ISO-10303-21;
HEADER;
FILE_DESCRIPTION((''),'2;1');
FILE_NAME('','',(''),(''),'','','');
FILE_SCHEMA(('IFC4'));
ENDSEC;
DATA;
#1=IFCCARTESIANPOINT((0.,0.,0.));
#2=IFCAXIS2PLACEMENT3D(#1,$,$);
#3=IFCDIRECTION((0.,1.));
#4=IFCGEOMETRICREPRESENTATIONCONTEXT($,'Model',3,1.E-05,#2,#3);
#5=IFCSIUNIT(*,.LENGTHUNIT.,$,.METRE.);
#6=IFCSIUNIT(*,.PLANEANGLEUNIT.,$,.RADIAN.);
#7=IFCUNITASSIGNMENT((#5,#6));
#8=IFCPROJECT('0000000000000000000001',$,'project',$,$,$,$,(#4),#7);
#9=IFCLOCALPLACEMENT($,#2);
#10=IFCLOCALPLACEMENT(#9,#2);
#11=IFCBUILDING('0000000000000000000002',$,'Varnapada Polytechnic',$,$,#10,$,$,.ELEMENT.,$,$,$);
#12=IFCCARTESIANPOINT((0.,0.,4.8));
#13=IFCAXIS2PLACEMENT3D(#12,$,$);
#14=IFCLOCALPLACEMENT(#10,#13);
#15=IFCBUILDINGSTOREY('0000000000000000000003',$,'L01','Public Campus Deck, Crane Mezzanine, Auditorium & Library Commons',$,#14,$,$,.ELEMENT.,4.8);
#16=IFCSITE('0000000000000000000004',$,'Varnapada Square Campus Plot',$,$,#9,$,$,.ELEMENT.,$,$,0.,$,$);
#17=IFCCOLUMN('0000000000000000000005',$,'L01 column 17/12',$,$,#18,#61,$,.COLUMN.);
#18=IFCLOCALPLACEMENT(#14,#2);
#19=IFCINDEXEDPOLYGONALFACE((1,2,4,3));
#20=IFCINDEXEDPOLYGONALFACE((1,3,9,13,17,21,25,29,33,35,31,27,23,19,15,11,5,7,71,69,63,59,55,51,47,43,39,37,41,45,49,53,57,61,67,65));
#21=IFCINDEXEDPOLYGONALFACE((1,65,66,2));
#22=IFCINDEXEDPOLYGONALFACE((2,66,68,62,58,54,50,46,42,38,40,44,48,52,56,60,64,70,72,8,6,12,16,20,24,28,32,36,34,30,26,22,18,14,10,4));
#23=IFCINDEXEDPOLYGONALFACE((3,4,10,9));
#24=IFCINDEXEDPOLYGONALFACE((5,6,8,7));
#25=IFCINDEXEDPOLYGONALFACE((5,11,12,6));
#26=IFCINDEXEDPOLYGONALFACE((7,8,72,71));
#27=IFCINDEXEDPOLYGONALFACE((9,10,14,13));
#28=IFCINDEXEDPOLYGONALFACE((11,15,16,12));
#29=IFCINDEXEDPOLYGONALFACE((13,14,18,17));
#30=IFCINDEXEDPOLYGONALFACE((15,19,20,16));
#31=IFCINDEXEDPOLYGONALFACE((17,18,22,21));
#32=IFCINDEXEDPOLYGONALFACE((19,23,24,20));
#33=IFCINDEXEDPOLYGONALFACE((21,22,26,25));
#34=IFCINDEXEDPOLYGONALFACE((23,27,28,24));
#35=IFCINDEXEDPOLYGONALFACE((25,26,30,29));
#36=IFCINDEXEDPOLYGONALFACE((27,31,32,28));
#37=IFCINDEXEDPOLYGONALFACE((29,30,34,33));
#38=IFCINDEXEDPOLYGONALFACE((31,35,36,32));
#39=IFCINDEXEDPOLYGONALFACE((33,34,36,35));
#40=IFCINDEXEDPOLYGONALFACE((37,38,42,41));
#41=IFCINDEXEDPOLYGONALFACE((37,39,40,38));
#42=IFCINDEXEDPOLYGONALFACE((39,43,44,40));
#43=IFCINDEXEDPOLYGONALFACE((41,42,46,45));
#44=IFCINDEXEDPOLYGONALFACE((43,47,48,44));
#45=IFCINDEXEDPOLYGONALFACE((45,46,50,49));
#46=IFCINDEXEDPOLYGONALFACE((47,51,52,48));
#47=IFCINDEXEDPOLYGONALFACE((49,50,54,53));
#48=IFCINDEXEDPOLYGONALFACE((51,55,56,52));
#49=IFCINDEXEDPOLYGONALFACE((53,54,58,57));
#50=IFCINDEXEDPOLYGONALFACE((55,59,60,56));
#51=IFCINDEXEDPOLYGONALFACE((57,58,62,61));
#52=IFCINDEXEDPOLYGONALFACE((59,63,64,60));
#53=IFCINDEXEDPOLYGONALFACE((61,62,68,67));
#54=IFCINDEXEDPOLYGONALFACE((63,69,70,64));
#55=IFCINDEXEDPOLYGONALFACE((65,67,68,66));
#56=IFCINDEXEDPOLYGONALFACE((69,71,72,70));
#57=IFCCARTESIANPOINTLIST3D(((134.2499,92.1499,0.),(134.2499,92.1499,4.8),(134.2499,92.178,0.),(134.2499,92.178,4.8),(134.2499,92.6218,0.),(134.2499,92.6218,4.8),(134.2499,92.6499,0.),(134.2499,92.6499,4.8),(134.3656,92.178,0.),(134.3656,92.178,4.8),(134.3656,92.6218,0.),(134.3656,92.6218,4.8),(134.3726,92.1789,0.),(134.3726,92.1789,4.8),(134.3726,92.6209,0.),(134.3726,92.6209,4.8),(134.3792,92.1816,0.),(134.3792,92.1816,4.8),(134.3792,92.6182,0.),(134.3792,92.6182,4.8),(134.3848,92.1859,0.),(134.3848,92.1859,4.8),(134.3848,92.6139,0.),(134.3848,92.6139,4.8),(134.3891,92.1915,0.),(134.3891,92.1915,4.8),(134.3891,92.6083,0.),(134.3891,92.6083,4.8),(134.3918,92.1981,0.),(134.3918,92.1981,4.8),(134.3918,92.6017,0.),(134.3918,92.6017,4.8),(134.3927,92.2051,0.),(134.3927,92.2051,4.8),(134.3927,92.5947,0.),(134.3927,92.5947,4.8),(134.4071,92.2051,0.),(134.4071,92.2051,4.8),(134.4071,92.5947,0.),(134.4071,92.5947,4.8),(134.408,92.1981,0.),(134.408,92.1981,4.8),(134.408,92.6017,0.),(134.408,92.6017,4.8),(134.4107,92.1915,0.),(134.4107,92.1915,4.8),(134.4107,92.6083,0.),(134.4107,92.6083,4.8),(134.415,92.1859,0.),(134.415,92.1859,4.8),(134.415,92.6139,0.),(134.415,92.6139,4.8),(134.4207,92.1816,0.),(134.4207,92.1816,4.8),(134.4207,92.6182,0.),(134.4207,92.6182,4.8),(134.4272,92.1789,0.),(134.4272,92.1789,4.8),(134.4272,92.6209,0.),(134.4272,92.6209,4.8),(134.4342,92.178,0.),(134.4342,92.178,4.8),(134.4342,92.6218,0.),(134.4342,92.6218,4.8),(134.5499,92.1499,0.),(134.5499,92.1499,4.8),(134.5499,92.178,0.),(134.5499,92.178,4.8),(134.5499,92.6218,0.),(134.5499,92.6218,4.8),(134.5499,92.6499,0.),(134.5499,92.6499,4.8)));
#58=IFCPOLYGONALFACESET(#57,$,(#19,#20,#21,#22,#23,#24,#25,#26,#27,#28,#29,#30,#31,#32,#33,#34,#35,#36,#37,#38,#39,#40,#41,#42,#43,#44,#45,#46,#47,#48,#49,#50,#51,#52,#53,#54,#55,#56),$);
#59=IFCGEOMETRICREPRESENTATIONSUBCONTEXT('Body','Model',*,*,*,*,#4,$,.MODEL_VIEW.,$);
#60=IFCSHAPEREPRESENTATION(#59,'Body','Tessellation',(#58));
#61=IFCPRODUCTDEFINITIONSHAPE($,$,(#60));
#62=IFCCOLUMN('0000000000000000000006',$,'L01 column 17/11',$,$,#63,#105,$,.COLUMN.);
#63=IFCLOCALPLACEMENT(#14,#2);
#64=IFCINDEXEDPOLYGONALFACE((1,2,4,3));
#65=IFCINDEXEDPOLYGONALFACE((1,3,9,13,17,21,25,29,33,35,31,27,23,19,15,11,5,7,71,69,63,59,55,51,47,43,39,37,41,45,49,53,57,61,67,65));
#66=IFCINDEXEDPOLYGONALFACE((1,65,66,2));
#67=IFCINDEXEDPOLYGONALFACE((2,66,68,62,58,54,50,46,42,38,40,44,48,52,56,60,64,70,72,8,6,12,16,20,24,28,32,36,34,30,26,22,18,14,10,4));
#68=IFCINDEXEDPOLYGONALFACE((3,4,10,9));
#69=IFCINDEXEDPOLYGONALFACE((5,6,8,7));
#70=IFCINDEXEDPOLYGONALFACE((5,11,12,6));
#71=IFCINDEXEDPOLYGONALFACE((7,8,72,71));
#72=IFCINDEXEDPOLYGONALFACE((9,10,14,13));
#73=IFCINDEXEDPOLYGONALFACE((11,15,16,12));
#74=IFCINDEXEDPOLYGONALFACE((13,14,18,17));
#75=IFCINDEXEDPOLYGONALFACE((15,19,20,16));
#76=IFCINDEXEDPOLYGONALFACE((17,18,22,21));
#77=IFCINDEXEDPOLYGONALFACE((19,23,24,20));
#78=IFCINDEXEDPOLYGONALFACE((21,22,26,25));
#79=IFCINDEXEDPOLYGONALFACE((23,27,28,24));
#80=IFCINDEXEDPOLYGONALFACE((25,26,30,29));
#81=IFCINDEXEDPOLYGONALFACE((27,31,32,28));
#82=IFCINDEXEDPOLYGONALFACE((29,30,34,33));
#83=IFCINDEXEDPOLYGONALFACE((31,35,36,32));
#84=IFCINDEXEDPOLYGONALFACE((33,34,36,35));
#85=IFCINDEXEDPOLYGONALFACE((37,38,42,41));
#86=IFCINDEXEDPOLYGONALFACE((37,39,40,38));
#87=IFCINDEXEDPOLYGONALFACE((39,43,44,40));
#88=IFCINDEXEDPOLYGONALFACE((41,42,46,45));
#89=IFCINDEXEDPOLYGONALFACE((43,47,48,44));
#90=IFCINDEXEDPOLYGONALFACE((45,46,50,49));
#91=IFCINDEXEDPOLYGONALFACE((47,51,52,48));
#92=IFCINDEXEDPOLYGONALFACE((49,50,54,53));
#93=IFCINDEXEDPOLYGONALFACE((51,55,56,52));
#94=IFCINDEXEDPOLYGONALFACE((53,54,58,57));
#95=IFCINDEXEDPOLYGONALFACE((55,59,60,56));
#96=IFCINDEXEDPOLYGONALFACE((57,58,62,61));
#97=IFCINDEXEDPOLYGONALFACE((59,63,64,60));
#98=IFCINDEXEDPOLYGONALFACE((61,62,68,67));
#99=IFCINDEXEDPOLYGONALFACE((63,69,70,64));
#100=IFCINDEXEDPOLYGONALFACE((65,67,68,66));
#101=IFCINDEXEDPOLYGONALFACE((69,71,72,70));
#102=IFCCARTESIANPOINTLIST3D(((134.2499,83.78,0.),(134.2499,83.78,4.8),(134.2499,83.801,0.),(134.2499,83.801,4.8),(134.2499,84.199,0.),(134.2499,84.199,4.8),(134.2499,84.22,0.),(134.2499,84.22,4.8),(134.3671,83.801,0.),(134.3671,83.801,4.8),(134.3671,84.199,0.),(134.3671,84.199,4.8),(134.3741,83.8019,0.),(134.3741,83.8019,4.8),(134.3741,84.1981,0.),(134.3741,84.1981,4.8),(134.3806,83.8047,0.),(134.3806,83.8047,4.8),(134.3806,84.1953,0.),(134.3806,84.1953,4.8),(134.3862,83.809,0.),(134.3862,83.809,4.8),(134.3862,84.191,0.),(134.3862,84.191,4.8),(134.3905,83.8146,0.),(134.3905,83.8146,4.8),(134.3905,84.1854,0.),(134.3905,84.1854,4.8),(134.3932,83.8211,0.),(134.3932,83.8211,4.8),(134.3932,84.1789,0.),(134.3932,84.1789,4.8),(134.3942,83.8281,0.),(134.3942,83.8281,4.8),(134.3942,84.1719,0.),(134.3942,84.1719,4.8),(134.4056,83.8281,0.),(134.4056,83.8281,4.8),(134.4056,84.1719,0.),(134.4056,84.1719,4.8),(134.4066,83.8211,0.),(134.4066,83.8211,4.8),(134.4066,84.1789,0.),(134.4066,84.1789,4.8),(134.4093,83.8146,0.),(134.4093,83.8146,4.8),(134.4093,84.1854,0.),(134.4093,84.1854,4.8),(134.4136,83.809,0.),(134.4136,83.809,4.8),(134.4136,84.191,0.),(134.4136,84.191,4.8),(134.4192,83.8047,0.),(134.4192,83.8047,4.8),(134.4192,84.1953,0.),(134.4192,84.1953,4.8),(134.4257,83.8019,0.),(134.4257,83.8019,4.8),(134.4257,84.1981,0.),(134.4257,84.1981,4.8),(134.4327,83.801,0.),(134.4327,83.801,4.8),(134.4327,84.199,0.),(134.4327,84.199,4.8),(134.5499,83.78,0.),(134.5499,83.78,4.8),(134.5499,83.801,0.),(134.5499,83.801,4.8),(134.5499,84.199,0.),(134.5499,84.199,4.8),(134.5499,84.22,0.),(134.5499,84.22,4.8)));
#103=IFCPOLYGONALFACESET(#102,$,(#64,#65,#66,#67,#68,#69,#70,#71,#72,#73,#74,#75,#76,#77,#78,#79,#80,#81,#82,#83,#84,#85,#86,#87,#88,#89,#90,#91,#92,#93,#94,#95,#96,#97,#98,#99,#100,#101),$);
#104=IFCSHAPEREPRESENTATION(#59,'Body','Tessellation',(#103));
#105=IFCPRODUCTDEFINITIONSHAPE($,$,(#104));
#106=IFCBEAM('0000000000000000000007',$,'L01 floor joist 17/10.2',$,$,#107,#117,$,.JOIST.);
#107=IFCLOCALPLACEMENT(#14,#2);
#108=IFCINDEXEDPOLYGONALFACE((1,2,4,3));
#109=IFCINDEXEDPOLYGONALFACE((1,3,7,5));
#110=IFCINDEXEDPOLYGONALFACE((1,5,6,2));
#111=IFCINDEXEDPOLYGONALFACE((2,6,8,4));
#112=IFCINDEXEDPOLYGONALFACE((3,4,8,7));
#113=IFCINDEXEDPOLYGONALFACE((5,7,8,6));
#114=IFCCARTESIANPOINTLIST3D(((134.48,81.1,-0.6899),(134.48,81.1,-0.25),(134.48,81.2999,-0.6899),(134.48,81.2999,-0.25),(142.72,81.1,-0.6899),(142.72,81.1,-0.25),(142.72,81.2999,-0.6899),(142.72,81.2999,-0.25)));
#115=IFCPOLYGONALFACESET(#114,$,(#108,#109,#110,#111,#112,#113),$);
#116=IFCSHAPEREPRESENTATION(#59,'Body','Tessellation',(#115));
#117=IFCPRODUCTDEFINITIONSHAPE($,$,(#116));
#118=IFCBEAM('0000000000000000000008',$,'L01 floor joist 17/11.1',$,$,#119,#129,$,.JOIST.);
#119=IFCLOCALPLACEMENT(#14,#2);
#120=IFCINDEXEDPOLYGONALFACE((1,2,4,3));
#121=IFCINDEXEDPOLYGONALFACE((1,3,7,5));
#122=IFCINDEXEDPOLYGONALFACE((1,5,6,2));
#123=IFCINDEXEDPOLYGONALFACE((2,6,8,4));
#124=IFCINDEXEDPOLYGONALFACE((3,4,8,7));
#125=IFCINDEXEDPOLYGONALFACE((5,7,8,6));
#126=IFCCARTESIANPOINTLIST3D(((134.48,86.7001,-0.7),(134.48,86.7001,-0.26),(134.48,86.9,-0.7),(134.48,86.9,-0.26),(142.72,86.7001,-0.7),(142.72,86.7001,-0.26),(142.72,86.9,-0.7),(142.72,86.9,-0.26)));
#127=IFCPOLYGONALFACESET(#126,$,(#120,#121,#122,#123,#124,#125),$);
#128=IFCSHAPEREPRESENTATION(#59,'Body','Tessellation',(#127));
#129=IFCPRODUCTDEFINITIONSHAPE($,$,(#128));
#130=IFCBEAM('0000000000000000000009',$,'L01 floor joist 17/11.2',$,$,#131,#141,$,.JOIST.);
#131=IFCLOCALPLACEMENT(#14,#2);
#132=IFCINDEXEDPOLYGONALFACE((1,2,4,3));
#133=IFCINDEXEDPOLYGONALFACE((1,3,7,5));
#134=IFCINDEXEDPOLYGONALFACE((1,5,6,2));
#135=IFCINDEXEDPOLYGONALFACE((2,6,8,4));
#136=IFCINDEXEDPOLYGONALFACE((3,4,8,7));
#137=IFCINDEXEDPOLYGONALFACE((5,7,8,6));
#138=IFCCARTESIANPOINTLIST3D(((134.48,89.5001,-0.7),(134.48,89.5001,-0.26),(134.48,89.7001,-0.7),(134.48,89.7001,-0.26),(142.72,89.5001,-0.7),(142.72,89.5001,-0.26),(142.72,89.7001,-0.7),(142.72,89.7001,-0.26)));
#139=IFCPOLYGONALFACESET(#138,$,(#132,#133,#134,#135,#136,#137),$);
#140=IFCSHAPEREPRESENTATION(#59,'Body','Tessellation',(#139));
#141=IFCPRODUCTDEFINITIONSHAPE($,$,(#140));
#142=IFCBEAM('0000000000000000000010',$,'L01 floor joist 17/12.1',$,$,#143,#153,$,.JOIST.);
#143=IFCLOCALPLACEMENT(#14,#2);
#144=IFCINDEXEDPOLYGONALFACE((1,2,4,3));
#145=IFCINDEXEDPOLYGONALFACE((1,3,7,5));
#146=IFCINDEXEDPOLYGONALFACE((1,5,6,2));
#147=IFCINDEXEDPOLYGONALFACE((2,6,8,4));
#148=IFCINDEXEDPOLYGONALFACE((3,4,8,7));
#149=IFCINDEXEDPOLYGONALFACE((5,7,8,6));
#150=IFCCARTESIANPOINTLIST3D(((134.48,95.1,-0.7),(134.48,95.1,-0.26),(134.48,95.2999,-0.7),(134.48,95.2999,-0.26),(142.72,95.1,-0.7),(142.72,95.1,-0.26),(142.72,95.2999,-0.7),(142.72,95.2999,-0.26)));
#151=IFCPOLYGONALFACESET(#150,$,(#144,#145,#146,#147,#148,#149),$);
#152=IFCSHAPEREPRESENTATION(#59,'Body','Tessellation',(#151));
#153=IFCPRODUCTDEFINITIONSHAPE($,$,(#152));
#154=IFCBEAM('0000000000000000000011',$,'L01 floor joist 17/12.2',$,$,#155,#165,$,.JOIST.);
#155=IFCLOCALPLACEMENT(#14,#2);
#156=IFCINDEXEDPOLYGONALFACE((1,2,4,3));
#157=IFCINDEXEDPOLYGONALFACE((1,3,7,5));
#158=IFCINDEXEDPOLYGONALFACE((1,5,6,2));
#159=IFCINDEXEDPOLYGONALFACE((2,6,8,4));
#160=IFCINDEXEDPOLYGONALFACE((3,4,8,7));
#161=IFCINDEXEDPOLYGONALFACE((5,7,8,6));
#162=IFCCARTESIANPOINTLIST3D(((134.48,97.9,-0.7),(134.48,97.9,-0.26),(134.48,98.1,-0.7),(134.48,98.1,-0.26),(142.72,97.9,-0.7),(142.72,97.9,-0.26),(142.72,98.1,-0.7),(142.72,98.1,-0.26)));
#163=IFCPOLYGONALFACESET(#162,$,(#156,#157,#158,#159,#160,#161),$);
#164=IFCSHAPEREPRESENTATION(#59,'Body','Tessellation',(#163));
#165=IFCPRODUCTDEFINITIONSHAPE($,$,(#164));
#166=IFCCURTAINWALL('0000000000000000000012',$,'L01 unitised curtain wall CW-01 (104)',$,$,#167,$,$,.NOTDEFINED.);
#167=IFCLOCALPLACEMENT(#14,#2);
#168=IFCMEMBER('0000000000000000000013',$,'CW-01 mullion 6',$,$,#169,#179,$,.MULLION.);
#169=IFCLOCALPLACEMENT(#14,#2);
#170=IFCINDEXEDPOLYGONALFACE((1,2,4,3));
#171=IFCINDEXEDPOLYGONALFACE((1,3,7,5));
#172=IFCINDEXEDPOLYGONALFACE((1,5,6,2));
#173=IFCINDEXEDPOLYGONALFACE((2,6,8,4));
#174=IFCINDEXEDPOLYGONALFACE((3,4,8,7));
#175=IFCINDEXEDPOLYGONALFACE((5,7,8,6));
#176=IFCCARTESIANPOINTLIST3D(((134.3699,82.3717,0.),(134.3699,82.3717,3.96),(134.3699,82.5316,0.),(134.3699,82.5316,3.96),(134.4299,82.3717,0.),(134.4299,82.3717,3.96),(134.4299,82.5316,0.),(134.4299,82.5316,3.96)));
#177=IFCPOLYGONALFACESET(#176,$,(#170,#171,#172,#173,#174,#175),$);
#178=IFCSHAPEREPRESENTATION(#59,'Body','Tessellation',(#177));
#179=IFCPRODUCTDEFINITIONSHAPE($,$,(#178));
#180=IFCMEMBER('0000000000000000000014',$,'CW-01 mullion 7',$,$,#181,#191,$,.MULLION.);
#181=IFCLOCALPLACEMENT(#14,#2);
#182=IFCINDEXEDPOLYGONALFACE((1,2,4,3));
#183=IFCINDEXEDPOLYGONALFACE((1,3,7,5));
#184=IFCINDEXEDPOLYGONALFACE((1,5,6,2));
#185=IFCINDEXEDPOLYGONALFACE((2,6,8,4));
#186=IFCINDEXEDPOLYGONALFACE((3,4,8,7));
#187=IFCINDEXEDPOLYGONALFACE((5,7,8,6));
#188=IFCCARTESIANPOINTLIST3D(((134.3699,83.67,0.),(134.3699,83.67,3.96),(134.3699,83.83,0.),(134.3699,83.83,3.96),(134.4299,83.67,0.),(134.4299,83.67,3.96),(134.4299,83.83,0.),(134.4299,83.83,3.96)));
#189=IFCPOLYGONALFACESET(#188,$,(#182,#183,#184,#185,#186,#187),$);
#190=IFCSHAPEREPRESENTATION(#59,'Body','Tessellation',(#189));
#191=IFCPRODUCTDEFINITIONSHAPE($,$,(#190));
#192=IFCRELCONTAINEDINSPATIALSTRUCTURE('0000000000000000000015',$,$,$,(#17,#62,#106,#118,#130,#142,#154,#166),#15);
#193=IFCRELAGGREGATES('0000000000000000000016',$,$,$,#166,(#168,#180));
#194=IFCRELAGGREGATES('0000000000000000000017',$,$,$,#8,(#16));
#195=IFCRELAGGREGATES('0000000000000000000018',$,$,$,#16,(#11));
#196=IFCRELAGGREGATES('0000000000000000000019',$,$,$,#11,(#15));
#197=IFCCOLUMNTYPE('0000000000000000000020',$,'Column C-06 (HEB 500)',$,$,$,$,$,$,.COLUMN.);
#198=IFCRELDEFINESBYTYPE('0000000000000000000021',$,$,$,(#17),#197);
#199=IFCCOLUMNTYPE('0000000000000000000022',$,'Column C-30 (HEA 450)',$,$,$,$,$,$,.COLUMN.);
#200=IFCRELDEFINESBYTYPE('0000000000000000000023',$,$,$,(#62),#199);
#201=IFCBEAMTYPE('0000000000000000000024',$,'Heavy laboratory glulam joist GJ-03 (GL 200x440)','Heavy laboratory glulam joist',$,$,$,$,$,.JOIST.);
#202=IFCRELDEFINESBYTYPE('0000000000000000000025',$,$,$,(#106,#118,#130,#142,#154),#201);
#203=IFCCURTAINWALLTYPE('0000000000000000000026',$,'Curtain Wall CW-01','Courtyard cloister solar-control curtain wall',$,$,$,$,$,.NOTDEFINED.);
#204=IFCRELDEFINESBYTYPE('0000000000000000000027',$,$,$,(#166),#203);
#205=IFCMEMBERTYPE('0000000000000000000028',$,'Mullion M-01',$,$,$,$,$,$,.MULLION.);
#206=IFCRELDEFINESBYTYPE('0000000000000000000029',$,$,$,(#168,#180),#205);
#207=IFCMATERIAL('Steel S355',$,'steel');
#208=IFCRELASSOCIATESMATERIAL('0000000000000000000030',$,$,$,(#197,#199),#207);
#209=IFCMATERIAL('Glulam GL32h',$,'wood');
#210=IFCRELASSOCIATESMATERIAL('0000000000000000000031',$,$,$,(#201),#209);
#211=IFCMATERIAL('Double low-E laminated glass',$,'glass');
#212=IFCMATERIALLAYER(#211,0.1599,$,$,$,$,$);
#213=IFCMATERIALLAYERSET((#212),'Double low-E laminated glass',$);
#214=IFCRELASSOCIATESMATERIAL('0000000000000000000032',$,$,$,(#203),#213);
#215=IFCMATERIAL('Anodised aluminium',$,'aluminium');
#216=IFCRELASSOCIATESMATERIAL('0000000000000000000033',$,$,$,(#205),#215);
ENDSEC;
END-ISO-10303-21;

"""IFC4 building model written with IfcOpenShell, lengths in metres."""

from ifc_helpers import new_model, si_unit, direction, frame, origin, origin_2d, place, context, subcontext, project, spatial, rectangle, i_section, extrude, material, layer, layer_set, material_profile, profile_set, type_object, element, aggregate, save


model = new_model("IFC4")

# Units and contexts
model_context = context("Model", 3, precision=1e-05, world=origin(), true_north=direction((0.0, 1.0)))
body_context = subcontext(model_context, "Body", "Model", "MODEL_VIEW")
ifc_project = project(units=[si_unit("LENGTHUNIT", "METRE"), si_unit("PLANEANGLEUNIT", "RADIAN")], contexts=[model_context])

# Site, building, storey
site_placement = place(None, origin())
site = spatial("IfcSite", under=ifc_project, at=site_placement, Name="Varnapada Square Campus Plot", CompositionType="ELEMENT", RefElevation=0.0)
building_placement = place(site_placement, origin())
building = spatial("IfcBuilding", under=site, at=building_placement, Name="Varnapada Polytechnic", CompositionType="ELEMENT")
storey_placement = place(building_placement, frame((0.0, 0.0, 4.8)))
storey = spatial("IfcBuildingStorey", under=building, at=storey_placement, Name="L01", Description="Public Campus Deck, Crane Mezzanine, Auditorium & Library Commons", CompositionType="ELEMENT", Elevation=4.8)

# Columns
ifc_material_1 = material(Name="Steel S355", Category="steel")
ifc_material_profile_1 = material_profile(ifc_material_1, i_section(OverallWidth=0.3, OverallDepth=0.5, WebThickness=0.0144, FlangeThickness=0.0281, FilletRadius=0.0271, at=origin_2d()), Name="HEB 500")
ifc_profile_set_1 = profile_set([ifc_material_profile_1], Name="Steel S355")
column_type_1 = type_object("IfcColumnType", Name="Column C-06 (HEB 500)", PredefinedType="COLUMN", material=ifc_profile_set_1)
column_1_placement = place(storey_placement, frame((134.3999, 92.3999, 0.0), z_axis=(0.0, 0.0, 1.0), x_axis=(1.0, 0.0, 0.0)))
element("IfcColumn", 1, at=column_1_placement, inside=storey, type_object=column_type_1, Name="L01 column 17/12", PredefinedType="COLUMN", context=body_context, shape_type="SweptSolid", body=[
    extrude(i_section(OverallWidth=0.3, OverallDepth=0.5, WebThickness=0.0144, FlangeThickness=0.0281, FilletRadius=0.0271, at=origin_2d()), origin(), (0.0, 0.0, 1.0), 4.8),
])
ifc_material_profile_2 = material_profile(ifc_material_1, i_section(OverallWidth=0.3, OverallDepth=0.4399, WebThickness=0.0115, FlangeThickness=0.021, FilletRadius=0.0271, at=origin_2d()), Name="HEA 450")
ifc_profile_set_2 = profile_set([ifc_material_profile_2], Name="Steel S355")
column_type_2 = type_object("IfcColumnType", Name="Column C-30 (HEA 450)", PredefinedType="COLUMN", material=ifc_profile_set_2)
column_2_placement = place(storey_placement, frame((134.3999, 84.0, 0.0), z_axis=(0.0, 0.0, 1.0), x_axis=(1.0, 0.0, 0.0)))
element("IfcColumn", 2, at=column_2_placement, inside=storey, type_object=column_type_2, Name="L01 column 17/11", PredefinedType="COLUMN", context=body_context, shape_type="SweptSolid", body=[
    extrude(i_section(OverallWidth=0.3, OverallDepth=0.4399, WebThickness=0.0115, FlangeThickness=0.021, FilletRadius=0.0271, at=origin_2d()), origin(), (0.0, 0.0, 1.0), 4.8),
])

# Beams
ifc_material_2 = material(Name="Glulam GL32h", Category="wood")
ifc_material_profile_3 = material_profile(ifc_material_2, rectangle(XDim=0.2, YDim=0.4399, at=origin_2d()), Name="GL 200x440")
ifc_profile_set_3 = profile_set([ifc_material_profile_3], Name="Glulam GL32h")
beam_type_1 = type_object("IfcBeamType", Name="Heavy laboratory glulam joist GJ-03 (GL 200x440)", Description="Heavy laboratory glulam joist", PredefinedType="JOIST", material=ifc_profile_set_3)
for number, where, z_axis, x_axis, name in (
    (3, (134.48, 81.2, -0.47), (1.0, 0.0, 0.0), (0.0, 1.0, 0.0), "L01 floor joist 17/10.2"),
    (4, (134.48, 86.8, -0.48), (1.0, 0.0, 0.0), (0.0, 1.0, 0.0), "L01 floor joist 17/11.1"),
    (5, (134.48, 89.6001, -0.48), (1.0, 0.0, 0.0), (0.0, 1.0, 0.0), "L01 floor joist 17/11.2"),
    (6, (134.48, 95.2, -0.48), (1.0, 0.0, 0.0), (0.0, 1.0, 0.0), "L01 floor joist 17/12.1"),
    (7, (134.48, 98.0, -0.48), (1.0, 0.0, 0.0), (0.0, 1.0, 0.0), "L01 floor joist 17/12.2"),
):
    element("IfcBeam", number, at=place(storey_placement, frame(where, z_axis=z_axis, x_axis=x_axis)), inside=storey, type_object=beam_type_1, Name=name, PredefinedType="JOIST", context=body_context, shape_type="SweptSolid", body=[
        extrude(rectangle(XDim=0.2, YDim=0.4399, at=origin_2d()), origin(), (0.0, 0.0, 1.0), 8.24),
    ])

# Curtain wall, members
ifc_material_3 = material(Name="Double low-E laminated glass", Category="glass")
ifc_layer_1 = layer(ifc_material_3, 0.1599)
ifc_layer_set_1 = layer_set([ifc_layer_1], Name="Double low-E laminated glass")
curtain_wall_type = type_object("IfcCurtainWallType", Name="Curtain Wall CW-01", Description="Courtyard cloister solar-control curtain wall", PredefinedType="NOTDEFINED", material=ifc_layer_set_1)
curtain_wall_placement = place(storey_placement, origin())
curtain_wall = element("IfcCurtainWall", 8, at=curtain_wall_placement, inside=storey, type_object=curtain_wall_type, Name="L01 unitised curtain wall CW-01 (104)", PredefinedType="NOTDEFINED")
ifc_material_4 = material(Name="Anodised aluminium", Category="aluminium")
ifc_material_profile_4 = material_profile(ifc_material_4, rectangle(XDim=0.0601, YDim=0.1599, at=origin_2d()), Name="ALU M60x160")
ifc_profile_set_4 = profile_set([ifc_material_profile_4], Name="Anodised aluminium")
member_type_1 = type_object("IfcMemberType", Name="Mullion M-01", PredefinedType="MULLION", material=ifc_profile_set_4)
member_1_placement = place(storey_placement, frame((134.3999, 82.4517, 0.0), z_axis=(0.0, 0.0, 1.0), x_axis=(-1.0, 0.0, 0.0)))
member_1 = element("IfcMember", 9, at=member_1_placement, type_object=member_type_1, Name="CW-01 mullion 6", PredefinedType="MULLION", context=body_context, shape_type="SweptSolid", body=[
    extrude(rectangle(XDim=0.0601, YDim=0.1599, at=origin_2d()), origin(), (0.0, 0.0, 1.0), 3.96),
])
member_2_placement = place(storey_placement, frame((134.3999, 83.75, 0.0), z_axis=(0.0, 0.0, 1.0), x_axis=(-1.0, 0.0, 0.0)))
member_2 = element("IfcMember", 10, at=member_2_placement, type_object=member_type_1, Name="CW-01 mullion 7", PredefinedType="MULLION", context=body_context, shape_type="SweptSolid", body=[
    extrude(rectangle(XDim=0.0601, YDim=0.1599, at=origin_2d()), origin(), (0.0, 0.0, 1.0), 3.96),
])

aggregate(curtain_wall, [member_1, member_2])

save(model, "model.ifc")
